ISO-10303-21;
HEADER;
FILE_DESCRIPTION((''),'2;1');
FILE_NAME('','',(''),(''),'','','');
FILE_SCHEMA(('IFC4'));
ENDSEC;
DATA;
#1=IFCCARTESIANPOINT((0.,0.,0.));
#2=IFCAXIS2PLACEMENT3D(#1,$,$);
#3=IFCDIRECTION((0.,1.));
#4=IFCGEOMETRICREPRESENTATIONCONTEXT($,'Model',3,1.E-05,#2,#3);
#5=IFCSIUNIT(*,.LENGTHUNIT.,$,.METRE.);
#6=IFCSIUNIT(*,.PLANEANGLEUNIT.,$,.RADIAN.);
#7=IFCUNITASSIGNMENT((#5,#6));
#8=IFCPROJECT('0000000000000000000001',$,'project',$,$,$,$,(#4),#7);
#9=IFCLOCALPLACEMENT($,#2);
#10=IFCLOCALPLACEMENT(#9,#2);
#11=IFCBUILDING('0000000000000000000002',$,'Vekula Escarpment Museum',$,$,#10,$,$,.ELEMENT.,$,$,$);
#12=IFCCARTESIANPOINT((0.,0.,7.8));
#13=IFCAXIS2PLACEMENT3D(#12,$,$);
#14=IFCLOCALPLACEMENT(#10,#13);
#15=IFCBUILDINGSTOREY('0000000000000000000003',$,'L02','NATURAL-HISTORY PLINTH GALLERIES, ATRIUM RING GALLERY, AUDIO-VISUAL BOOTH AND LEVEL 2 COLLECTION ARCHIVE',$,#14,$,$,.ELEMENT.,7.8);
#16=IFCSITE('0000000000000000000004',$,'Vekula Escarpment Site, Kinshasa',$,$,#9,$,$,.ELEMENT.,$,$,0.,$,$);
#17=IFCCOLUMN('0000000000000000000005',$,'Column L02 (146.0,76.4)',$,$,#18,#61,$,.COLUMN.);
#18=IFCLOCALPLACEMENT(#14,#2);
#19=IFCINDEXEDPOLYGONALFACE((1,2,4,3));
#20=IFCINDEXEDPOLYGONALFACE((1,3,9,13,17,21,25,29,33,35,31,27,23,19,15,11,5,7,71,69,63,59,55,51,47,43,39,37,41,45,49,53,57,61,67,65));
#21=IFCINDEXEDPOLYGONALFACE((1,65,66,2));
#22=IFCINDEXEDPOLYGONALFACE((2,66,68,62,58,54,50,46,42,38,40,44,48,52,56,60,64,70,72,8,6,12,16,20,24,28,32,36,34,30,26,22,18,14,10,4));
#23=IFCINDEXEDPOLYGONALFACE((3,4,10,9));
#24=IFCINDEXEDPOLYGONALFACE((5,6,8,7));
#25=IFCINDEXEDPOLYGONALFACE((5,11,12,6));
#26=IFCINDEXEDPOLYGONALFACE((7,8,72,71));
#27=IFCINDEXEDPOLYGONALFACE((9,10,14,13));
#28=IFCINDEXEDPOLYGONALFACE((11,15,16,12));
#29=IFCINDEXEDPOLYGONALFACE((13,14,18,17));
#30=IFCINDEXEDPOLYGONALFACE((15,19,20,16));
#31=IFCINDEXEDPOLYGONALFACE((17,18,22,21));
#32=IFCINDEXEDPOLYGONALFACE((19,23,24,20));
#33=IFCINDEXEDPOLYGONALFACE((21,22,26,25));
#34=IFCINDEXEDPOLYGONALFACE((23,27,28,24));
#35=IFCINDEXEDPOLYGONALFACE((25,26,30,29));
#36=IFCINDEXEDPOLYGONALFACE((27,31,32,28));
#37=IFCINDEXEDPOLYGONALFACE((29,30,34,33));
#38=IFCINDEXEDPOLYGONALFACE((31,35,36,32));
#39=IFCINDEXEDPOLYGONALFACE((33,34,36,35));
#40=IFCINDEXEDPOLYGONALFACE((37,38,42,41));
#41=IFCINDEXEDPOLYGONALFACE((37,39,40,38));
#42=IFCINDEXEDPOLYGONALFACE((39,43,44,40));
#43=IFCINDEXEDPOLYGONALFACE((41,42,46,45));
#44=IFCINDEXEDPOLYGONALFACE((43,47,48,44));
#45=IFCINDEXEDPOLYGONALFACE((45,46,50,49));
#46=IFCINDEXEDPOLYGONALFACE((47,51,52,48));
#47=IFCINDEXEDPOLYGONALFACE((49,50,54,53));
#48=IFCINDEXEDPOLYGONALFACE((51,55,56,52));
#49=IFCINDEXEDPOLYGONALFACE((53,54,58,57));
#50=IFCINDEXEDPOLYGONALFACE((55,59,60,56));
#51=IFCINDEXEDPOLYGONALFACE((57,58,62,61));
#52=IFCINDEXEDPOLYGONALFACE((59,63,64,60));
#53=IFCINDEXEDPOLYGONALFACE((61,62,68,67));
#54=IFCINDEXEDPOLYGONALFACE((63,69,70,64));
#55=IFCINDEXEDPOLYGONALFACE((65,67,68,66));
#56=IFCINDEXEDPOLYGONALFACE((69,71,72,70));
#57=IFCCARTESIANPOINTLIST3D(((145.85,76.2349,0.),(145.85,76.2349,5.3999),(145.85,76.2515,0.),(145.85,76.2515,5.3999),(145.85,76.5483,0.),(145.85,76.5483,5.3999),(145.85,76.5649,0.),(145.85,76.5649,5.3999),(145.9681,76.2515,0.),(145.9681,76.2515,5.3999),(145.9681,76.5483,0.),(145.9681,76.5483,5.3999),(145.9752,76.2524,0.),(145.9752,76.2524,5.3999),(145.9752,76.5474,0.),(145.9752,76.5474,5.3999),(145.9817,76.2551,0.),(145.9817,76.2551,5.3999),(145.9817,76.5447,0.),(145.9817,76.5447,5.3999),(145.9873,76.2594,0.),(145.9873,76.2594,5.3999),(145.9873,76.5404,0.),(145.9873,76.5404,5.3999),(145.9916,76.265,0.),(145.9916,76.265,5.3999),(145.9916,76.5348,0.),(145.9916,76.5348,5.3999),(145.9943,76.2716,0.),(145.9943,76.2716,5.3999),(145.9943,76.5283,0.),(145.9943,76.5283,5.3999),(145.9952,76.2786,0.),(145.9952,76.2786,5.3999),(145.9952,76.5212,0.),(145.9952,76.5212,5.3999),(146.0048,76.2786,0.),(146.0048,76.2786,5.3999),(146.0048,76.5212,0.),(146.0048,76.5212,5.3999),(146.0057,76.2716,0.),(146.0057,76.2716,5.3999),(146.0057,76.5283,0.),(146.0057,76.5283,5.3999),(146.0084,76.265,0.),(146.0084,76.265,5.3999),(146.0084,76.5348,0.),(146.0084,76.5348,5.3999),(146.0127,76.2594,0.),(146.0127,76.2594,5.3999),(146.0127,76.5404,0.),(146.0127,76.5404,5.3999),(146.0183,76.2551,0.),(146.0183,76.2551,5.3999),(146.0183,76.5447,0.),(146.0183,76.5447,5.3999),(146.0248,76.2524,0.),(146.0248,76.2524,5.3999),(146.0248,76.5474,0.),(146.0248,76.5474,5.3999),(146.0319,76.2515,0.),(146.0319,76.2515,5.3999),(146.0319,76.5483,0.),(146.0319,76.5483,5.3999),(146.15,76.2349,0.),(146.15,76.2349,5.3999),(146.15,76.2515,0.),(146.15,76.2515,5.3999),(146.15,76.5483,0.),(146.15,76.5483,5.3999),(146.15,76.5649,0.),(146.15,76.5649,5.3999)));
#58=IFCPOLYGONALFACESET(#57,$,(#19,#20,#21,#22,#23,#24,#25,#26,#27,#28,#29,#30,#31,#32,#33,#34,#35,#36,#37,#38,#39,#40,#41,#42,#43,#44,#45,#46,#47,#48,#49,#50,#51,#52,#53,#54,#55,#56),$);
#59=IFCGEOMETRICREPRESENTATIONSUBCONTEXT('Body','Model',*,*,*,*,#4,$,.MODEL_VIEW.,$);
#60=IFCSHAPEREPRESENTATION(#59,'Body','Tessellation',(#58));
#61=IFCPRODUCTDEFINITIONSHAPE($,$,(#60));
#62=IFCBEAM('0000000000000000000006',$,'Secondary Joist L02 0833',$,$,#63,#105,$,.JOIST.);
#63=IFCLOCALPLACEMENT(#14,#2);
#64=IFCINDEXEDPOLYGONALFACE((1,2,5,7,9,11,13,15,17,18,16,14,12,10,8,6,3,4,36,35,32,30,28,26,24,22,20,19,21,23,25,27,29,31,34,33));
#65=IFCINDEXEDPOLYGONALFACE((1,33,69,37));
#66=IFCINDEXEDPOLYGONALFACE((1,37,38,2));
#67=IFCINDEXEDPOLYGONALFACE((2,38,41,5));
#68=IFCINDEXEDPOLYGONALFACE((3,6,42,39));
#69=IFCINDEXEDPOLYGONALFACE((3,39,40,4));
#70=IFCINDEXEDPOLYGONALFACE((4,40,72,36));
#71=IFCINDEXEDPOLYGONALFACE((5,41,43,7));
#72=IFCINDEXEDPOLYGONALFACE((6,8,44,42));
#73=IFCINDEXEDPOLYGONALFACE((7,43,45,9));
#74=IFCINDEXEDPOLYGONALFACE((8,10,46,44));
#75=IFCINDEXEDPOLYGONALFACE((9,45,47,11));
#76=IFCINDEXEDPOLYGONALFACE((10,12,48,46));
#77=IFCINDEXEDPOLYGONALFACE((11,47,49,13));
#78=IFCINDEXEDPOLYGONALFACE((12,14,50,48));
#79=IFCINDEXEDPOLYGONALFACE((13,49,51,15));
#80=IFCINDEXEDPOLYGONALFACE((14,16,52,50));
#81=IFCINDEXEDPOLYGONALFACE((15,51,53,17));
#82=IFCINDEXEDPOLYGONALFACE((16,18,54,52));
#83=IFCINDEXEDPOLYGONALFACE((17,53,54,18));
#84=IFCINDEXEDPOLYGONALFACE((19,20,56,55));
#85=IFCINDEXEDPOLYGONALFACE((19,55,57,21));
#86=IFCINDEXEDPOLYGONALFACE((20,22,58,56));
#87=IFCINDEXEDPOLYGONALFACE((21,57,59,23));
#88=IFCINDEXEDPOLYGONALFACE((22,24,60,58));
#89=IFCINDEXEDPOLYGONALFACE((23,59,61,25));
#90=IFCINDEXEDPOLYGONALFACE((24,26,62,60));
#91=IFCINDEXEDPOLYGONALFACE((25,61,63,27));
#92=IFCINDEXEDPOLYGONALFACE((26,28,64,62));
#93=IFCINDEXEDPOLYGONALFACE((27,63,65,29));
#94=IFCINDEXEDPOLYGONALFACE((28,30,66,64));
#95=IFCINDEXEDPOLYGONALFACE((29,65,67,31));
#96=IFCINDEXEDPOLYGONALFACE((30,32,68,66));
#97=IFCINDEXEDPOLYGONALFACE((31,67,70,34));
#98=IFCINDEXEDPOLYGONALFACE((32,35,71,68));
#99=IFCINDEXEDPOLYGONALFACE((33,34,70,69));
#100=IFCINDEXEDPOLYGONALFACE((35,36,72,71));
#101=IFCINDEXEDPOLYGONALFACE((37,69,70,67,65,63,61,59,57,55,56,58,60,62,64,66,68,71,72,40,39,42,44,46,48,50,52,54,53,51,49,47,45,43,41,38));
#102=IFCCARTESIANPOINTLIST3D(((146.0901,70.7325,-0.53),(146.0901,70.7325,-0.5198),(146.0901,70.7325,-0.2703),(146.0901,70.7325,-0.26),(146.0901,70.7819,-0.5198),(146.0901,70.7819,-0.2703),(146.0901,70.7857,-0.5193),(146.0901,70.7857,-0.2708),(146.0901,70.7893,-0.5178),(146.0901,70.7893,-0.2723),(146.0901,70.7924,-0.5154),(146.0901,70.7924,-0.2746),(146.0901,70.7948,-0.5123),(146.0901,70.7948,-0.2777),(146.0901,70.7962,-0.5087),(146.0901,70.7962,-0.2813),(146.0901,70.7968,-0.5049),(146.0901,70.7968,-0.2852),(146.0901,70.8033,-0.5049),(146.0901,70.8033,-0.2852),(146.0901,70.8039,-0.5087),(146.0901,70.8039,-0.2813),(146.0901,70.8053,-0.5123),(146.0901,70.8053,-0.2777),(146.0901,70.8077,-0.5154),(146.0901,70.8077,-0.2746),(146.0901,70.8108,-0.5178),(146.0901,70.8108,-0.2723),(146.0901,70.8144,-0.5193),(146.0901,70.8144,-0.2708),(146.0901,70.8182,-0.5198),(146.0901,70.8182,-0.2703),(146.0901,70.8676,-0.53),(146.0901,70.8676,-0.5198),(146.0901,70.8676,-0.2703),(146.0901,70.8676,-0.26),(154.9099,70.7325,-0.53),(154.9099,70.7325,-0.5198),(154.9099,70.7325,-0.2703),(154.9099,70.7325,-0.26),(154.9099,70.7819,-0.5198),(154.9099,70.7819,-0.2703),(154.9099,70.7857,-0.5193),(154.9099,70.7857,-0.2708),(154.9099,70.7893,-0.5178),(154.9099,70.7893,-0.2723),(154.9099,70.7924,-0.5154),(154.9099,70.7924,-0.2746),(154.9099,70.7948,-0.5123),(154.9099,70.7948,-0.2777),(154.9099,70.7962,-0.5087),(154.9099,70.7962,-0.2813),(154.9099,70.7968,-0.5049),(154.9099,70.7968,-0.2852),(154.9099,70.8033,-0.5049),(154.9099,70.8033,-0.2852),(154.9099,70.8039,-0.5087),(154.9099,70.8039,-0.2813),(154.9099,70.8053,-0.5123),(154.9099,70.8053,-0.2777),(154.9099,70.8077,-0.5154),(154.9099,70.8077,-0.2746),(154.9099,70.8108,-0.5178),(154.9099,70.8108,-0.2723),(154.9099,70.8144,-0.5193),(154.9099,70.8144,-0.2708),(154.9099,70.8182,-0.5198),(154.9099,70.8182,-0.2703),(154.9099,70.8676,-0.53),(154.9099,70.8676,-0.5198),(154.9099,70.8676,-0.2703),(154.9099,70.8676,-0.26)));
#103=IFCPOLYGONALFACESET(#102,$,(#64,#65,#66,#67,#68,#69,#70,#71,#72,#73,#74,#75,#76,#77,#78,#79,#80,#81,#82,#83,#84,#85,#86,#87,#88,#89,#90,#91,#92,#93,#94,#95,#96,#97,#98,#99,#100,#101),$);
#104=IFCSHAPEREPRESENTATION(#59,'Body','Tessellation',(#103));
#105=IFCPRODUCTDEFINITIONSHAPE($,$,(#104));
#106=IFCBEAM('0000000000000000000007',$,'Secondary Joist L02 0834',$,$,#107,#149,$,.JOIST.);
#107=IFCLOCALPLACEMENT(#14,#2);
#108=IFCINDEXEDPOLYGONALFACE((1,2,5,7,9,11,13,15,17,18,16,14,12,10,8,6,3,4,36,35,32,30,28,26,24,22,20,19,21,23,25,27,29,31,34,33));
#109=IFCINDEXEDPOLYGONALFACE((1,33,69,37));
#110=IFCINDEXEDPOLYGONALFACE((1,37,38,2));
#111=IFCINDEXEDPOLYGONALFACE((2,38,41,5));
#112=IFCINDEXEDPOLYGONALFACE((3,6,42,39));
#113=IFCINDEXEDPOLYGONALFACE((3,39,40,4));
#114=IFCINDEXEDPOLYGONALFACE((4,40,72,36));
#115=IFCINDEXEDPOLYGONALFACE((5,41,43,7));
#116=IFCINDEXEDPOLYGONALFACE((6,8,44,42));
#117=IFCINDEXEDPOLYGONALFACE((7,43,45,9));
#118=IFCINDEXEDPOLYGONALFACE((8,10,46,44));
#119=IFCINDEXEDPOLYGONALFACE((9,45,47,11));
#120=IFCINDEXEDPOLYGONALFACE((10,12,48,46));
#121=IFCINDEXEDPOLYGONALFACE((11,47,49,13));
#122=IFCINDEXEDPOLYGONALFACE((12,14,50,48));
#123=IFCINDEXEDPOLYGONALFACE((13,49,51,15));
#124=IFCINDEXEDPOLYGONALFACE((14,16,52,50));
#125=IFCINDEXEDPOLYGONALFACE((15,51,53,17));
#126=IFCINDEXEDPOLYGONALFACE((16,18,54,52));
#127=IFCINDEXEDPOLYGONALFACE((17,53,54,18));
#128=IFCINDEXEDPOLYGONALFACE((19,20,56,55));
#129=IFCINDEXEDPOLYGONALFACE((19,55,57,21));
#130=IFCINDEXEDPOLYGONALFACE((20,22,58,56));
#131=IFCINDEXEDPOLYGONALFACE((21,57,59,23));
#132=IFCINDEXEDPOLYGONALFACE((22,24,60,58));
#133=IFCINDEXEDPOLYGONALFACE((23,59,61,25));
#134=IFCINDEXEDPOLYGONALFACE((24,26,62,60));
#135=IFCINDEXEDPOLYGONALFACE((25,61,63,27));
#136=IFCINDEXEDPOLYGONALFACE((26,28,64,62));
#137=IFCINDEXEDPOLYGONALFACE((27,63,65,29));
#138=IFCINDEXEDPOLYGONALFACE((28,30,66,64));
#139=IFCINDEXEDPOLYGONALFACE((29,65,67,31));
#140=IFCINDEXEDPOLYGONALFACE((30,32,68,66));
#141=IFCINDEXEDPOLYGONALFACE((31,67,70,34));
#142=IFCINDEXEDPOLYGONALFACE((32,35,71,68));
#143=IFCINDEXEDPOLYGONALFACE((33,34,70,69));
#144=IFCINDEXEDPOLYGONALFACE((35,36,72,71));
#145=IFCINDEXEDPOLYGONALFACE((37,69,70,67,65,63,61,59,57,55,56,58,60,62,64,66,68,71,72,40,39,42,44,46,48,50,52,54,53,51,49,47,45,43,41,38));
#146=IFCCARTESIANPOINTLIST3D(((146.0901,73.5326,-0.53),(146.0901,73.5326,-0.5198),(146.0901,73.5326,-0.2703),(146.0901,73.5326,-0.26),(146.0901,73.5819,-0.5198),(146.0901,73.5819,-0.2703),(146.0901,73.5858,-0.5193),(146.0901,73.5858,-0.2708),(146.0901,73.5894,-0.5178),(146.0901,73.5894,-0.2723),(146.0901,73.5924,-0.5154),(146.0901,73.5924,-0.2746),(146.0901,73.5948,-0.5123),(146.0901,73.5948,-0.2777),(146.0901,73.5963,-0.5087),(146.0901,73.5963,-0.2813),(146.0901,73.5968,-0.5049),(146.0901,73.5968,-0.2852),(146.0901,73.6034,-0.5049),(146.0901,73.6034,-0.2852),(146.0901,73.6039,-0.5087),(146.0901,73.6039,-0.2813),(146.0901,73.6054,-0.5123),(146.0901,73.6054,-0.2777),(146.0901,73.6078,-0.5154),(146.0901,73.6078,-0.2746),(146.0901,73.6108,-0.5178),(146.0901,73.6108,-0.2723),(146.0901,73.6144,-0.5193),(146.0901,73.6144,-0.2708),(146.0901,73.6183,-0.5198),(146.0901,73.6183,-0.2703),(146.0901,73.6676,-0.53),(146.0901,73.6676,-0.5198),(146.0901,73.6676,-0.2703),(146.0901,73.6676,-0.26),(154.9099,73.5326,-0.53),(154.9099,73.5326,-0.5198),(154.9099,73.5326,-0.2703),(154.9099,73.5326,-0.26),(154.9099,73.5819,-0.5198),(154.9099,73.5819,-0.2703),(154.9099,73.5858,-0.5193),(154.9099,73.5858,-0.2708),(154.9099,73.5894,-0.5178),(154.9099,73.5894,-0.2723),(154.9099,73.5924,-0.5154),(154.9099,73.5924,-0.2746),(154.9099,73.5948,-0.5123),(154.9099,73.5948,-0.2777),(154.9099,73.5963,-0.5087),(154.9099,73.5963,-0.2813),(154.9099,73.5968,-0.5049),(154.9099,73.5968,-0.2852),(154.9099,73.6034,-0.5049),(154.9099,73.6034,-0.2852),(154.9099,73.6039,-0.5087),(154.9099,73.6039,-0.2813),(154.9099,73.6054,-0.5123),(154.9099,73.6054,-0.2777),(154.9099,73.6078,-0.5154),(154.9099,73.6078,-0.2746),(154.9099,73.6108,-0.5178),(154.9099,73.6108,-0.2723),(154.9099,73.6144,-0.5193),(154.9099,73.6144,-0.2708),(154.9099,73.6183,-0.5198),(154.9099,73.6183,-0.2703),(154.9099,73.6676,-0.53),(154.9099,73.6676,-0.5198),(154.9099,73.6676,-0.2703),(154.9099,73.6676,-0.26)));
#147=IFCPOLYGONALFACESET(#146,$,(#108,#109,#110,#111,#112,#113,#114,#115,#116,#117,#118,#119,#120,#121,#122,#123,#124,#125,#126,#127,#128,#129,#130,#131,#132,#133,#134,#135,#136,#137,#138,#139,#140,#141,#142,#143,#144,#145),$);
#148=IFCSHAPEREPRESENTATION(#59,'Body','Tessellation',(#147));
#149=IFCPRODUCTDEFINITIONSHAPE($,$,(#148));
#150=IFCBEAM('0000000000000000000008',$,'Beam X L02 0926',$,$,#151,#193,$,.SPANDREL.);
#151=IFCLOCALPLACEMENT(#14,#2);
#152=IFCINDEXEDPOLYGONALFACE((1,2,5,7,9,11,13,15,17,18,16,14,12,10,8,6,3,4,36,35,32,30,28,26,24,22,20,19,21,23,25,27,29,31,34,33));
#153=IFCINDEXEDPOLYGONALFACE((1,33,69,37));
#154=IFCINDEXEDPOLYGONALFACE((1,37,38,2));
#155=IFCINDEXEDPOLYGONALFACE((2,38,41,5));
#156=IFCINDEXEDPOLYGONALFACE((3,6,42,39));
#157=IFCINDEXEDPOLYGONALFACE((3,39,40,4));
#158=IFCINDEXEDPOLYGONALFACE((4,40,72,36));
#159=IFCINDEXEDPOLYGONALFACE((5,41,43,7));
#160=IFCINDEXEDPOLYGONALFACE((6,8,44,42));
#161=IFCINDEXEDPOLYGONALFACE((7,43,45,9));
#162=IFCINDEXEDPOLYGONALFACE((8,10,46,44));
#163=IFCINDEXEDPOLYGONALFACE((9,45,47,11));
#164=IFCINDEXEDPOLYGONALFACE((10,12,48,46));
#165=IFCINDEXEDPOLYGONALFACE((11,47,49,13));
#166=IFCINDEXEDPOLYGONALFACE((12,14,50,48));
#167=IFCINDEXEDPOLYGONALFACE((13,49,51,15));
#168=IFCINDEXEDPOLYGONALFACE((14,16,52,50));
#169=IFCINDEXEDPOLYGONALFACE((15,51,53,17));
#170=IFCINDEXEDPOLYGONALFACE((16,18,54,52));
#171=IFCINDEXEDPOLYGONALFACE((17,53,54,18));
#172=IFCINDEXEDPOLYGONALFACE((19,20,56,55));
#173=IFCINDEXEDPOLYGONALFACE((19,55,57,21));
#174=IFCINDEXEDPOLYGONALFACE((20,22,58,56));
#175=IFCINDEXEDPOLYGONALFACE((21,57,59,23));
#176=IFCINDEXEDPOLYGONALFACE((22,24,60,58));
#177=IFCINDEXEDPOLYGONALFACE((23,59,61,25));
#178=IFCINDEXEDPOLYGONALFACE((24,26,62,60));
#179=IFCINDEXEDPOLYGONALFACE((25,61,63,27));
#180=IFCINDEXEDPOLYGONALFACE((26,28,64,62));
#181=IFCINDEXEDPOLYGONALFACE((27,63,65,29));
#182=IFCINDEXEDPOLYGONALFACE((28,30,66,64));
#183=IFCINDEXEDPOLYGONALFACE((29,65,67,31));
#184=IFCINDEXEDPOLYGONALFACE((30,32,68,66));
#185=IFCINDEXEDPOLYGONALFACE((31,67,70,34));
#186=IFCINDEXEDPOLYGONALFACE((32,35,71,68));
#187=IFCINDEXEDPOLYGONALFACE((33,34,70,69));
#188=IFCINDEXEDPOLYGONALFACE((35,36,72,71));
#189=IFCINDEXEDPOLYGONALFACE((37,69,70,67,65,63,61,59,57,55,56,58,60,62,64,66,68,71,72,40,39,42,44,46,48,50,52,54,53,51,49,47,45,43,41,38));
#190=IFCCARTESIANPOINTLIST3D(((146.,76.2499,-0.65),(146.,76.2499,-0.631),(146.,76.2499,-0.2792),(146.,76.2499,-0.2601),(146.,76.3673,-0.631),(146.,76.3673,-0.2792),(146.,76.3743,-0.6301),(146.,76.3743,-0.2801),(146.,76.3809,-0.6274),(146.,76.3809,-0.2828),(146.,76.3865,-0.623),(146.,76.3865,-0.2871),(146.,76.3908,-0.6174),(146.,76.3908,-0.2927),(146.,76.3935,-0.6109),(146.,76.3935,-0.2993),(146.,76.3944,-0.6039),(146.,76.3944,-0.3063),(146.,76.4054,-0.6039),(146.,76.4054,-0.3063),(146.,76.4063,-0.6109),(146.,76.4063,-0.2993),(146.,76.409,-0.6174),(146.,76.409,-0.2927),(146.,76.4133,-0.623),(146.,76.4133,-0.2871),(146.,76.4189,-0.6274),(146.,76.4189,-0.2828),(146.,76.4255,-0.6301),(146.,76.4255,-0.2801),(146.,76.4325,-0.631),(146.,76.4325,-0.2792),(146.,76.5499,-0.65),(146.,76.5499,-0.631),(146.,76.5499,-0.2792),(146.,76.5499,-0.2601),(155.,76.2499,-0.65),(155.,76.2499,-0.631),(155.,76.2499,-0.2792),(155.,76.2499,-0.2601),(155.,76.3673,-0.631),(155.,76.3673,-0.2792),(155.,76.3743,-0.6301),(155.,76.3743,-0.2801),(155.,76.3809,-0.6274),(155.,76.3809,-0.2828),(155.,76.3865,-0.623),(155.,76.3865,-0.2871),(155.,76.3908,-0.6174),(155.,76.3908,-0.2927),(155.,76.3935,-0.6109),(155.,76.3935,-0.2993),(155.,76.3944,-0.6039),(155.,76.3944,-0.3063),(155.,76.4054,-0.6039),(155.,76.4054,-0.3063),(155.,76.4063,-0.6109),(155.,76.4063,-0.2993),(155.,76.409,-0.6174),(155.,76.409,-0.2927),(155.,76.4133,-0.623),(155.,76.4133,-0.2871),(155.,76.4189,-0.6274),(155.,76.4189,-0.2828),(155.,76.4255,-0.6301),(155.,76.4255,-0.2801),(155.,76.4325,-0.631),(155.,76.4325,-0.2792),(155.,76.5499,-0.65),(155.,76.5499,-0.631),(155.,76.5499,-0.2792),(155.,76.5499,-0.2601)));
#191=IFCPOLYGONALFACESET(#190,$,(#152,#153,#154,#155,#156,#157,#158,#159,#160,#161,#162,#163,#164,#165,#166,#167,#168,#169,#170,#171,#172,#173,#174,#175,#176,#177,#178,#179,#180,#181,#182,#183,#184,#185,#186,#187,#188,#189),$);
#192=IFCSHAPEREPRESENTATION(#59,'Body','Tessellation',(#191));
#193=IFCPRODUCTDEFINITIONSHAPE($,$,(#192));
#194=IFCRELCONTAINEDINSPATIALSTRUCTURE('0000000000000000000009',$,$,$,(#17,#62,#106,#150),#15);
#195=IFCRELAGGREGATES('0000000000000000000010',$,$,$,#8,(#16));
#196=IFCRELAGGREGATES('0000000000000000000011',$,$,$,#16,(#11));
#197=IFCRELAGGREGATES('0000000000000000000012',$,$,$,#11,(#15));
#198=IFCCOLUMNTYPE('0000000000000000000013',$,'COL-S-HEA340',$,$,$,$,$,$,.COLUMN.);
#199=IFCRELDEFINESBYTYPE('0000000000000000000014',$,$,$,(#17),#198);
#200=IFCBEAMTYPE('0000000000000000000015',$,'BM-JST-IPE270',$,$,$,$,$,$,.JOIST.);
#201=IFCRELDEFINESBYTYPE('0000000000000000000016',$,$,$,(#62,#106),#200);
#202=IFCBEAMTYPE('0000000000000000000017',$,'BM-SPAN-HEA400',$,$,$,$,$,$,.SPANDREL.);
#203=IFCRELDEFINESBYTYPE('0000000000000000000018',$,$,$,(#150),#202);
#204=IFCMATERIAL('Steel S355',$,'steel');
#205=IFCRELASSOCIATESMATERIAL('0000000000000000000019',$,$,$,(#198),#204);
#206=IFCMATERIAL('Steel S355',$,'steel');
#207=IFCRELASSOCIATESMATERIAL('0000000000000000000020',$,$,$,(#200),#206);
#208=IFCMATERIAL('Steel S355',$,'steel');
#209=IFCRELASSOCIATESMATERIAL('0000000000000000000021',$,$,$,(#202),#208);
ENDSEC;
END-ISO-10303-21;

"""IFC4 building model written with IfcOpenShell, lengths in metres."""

from ifc_helpers import new_model, si_unit, direction, frame, origin, origin_2d, place, context, subcontext, project, spatial, i_section, extrude, material, material_profile, profile_set, type_object, element, save


model = new_model("IFC4")

# Units and contexts
model_context = context("Model", 3, precision=1e-05, world=origin(), true_north=direction((0.0, 1.0)))
body_context = subcontext(model_context, "Body", "Model", "MODEL_VIEW")
ifc_project = project(units=[si_unit("LENGTHUNIT", "METRE"), si_unit("PLANEANGLEUNIT", "RADIAN")], contexts=[model_context])

# Site, building, storey
site_placement = place(None, origin())
site = spatial("IfcSite", under=ifc_project, at=site_placement, Name="Vekula Escarpment Site, Kinshasa", CompositionType="ELEMENT", RefElevation=0.0)
building_placement = place(site_placement, origin())
building = spatial("IfcBuilding", under=site, at=building_placement, Name="Vekula Escarpment Museum", CompositionType="ELEMENT")
storey_placement = place(building_placement, frame((0.0, 0.0, 7.8)))
storey = spatial("IfcBuildingStorey", under=building, at=storey_placement, Name="L02", Description="NATURAL-HISTORY PLINTH GALLERIES, ATRIUM RING GALLERY, AUDIO-VISUAL BOOTH AND LEVEL 2 COLLECTION ARCHIVE", CompositionType="ELEMENT", Elevation=7.8)

# Column
ifc_material_1 = material(Name="Steel S355", Category="steel")
ifc_material_profile_1 = material_profile(ifc_material_1, i_section(OverallWidth=0.3, OverallDepth=0.3301, WebThickness=0.0095, FlangeThickness=0.0166, FilletRadius=0.0271, at=origin_2d()), Name="HEA 340")
ifc_profile_set_1 = profile_set([ifc_material_profile_1], Name="Steel S355")
column_type = type_object("IfcColumnType", Name="COL-S-HEA340", PredefinedType="COLUMN", material=ifc_profile_set_1)
column_placement = place(storey_placement, frame((146.0, 76.3999, 0.0), z_axis=(0.0, 0.0, 1.0), x_axis=(1.0, 0.0, 0.0)))
element("IfcColumn", 1, at=column_placement, inside=storey, type_object=column_type, Name="Column L02 (146.0,76.4)", PredefinedType="COLUMN", context=body_context, shape_type="SweptSolid", body=[
    extrude(i_section(OverallWidth=0.3, OverallDepth=0.3301, WebThickness=0.0095, FlangeThickness=0.0166, FilletRadius=0.0271, at=origin_2d()), origin(), (0.0, 0.0, 1.0), 5.3999),
])

# Beams
ifc_material_2 = material(Name="Steel S355", Category="steel")
ifc_material_profile_2 = material_profile(ifc_material_2, i_section(OverallWidth=0.135, OverallDepth=0.27, WebThickness=0.0066, FlangeThickness=0.0103, FilletRadius=0.0149, at=origin_2d()), Name="IPE 270")
ifc_profile_set_2 = profile_set([ifc_material_profile_2], Name="Steel S355")
beam_type_1 = type_object("IfcBeamType", Name="BM-JST-IPE270", PredefinedType="JOIST", material=ifc_profile_set_2)
for number, where, z_axis, x_axis, name in (
    (2, (146.0901, 70.8, -0.395), (1.0, 0.0, 0.0), (0.0, 1.0, 0.0), "Secondary Joist L02 0833"),
    (3, (146.0901, 73.6001, -0.395), (1.0, 0.0, 0.0), (0.0, 1.0, 0.0), "Secondary Joist L02 0834"),
):
    element("IfcBeam", number, at=place(storey_placement, frame(where, z_axis=z_axis, x_axis=x_axis)), inside=storey, type_object=beam_type_1, Name=name, PredefinedType="JOIST", context=body_context, shape_type="SweptSolid", body=[
        extrude(i_section(OverallWidth=0.135, OverallDepth=0.27, WebThickness=0.0066, FlangeThickness=0.0103, FilletRadius=0.0149, at=origin_2d()), origin(), (0.0, 0.0, 1.0), 8.8198),
    ])
ifc_material_3 = material(Name="Steel S355", Category="steel")
ifc_material_profile_3 = material_profile(ifc_material_3, i_section(OverallWidth=0.3, OverallDepth=0.3899, WebThickness=0.011, FlangeThickness=0.019, FilletRadius=0.0271, at=origin_2d()), Name="HEA 400")
ifc_profile_set_3 = profile_set([ifc_material_profile_3], Name="Steel S355")
beam_type_2 = type_object("IfcBeamType", Name="BM-SPAN-HEA400", PredefinedType="SPANDREL", material=ifc_profile_set_3)
beam_placement = place(storey_placement, frame((146.0, 76.3999, -0.4551), z_axis=(1.0, 0.0, 0.0), x_axis=(0.0, 1.0, 0.0)))
element("IfcBeam", 4, at=beam_placement, inside=storey, type_object=beam_type_2, Name="Beam X L02 0926", PredefinedType="SPANDREL", context=body_context, shape_type="SweptSolid", body=[
    extrude(i_section(OverallWidth=0.3, OverallDepth=0.3899, WebThickness=0.011, FlangeThickness=0.019, FilletRadius=0.0271, at=origin_2d()), origin(), (0.0, 0.0, 1.0), 9.0),
])

save(model, "model.ifc")
